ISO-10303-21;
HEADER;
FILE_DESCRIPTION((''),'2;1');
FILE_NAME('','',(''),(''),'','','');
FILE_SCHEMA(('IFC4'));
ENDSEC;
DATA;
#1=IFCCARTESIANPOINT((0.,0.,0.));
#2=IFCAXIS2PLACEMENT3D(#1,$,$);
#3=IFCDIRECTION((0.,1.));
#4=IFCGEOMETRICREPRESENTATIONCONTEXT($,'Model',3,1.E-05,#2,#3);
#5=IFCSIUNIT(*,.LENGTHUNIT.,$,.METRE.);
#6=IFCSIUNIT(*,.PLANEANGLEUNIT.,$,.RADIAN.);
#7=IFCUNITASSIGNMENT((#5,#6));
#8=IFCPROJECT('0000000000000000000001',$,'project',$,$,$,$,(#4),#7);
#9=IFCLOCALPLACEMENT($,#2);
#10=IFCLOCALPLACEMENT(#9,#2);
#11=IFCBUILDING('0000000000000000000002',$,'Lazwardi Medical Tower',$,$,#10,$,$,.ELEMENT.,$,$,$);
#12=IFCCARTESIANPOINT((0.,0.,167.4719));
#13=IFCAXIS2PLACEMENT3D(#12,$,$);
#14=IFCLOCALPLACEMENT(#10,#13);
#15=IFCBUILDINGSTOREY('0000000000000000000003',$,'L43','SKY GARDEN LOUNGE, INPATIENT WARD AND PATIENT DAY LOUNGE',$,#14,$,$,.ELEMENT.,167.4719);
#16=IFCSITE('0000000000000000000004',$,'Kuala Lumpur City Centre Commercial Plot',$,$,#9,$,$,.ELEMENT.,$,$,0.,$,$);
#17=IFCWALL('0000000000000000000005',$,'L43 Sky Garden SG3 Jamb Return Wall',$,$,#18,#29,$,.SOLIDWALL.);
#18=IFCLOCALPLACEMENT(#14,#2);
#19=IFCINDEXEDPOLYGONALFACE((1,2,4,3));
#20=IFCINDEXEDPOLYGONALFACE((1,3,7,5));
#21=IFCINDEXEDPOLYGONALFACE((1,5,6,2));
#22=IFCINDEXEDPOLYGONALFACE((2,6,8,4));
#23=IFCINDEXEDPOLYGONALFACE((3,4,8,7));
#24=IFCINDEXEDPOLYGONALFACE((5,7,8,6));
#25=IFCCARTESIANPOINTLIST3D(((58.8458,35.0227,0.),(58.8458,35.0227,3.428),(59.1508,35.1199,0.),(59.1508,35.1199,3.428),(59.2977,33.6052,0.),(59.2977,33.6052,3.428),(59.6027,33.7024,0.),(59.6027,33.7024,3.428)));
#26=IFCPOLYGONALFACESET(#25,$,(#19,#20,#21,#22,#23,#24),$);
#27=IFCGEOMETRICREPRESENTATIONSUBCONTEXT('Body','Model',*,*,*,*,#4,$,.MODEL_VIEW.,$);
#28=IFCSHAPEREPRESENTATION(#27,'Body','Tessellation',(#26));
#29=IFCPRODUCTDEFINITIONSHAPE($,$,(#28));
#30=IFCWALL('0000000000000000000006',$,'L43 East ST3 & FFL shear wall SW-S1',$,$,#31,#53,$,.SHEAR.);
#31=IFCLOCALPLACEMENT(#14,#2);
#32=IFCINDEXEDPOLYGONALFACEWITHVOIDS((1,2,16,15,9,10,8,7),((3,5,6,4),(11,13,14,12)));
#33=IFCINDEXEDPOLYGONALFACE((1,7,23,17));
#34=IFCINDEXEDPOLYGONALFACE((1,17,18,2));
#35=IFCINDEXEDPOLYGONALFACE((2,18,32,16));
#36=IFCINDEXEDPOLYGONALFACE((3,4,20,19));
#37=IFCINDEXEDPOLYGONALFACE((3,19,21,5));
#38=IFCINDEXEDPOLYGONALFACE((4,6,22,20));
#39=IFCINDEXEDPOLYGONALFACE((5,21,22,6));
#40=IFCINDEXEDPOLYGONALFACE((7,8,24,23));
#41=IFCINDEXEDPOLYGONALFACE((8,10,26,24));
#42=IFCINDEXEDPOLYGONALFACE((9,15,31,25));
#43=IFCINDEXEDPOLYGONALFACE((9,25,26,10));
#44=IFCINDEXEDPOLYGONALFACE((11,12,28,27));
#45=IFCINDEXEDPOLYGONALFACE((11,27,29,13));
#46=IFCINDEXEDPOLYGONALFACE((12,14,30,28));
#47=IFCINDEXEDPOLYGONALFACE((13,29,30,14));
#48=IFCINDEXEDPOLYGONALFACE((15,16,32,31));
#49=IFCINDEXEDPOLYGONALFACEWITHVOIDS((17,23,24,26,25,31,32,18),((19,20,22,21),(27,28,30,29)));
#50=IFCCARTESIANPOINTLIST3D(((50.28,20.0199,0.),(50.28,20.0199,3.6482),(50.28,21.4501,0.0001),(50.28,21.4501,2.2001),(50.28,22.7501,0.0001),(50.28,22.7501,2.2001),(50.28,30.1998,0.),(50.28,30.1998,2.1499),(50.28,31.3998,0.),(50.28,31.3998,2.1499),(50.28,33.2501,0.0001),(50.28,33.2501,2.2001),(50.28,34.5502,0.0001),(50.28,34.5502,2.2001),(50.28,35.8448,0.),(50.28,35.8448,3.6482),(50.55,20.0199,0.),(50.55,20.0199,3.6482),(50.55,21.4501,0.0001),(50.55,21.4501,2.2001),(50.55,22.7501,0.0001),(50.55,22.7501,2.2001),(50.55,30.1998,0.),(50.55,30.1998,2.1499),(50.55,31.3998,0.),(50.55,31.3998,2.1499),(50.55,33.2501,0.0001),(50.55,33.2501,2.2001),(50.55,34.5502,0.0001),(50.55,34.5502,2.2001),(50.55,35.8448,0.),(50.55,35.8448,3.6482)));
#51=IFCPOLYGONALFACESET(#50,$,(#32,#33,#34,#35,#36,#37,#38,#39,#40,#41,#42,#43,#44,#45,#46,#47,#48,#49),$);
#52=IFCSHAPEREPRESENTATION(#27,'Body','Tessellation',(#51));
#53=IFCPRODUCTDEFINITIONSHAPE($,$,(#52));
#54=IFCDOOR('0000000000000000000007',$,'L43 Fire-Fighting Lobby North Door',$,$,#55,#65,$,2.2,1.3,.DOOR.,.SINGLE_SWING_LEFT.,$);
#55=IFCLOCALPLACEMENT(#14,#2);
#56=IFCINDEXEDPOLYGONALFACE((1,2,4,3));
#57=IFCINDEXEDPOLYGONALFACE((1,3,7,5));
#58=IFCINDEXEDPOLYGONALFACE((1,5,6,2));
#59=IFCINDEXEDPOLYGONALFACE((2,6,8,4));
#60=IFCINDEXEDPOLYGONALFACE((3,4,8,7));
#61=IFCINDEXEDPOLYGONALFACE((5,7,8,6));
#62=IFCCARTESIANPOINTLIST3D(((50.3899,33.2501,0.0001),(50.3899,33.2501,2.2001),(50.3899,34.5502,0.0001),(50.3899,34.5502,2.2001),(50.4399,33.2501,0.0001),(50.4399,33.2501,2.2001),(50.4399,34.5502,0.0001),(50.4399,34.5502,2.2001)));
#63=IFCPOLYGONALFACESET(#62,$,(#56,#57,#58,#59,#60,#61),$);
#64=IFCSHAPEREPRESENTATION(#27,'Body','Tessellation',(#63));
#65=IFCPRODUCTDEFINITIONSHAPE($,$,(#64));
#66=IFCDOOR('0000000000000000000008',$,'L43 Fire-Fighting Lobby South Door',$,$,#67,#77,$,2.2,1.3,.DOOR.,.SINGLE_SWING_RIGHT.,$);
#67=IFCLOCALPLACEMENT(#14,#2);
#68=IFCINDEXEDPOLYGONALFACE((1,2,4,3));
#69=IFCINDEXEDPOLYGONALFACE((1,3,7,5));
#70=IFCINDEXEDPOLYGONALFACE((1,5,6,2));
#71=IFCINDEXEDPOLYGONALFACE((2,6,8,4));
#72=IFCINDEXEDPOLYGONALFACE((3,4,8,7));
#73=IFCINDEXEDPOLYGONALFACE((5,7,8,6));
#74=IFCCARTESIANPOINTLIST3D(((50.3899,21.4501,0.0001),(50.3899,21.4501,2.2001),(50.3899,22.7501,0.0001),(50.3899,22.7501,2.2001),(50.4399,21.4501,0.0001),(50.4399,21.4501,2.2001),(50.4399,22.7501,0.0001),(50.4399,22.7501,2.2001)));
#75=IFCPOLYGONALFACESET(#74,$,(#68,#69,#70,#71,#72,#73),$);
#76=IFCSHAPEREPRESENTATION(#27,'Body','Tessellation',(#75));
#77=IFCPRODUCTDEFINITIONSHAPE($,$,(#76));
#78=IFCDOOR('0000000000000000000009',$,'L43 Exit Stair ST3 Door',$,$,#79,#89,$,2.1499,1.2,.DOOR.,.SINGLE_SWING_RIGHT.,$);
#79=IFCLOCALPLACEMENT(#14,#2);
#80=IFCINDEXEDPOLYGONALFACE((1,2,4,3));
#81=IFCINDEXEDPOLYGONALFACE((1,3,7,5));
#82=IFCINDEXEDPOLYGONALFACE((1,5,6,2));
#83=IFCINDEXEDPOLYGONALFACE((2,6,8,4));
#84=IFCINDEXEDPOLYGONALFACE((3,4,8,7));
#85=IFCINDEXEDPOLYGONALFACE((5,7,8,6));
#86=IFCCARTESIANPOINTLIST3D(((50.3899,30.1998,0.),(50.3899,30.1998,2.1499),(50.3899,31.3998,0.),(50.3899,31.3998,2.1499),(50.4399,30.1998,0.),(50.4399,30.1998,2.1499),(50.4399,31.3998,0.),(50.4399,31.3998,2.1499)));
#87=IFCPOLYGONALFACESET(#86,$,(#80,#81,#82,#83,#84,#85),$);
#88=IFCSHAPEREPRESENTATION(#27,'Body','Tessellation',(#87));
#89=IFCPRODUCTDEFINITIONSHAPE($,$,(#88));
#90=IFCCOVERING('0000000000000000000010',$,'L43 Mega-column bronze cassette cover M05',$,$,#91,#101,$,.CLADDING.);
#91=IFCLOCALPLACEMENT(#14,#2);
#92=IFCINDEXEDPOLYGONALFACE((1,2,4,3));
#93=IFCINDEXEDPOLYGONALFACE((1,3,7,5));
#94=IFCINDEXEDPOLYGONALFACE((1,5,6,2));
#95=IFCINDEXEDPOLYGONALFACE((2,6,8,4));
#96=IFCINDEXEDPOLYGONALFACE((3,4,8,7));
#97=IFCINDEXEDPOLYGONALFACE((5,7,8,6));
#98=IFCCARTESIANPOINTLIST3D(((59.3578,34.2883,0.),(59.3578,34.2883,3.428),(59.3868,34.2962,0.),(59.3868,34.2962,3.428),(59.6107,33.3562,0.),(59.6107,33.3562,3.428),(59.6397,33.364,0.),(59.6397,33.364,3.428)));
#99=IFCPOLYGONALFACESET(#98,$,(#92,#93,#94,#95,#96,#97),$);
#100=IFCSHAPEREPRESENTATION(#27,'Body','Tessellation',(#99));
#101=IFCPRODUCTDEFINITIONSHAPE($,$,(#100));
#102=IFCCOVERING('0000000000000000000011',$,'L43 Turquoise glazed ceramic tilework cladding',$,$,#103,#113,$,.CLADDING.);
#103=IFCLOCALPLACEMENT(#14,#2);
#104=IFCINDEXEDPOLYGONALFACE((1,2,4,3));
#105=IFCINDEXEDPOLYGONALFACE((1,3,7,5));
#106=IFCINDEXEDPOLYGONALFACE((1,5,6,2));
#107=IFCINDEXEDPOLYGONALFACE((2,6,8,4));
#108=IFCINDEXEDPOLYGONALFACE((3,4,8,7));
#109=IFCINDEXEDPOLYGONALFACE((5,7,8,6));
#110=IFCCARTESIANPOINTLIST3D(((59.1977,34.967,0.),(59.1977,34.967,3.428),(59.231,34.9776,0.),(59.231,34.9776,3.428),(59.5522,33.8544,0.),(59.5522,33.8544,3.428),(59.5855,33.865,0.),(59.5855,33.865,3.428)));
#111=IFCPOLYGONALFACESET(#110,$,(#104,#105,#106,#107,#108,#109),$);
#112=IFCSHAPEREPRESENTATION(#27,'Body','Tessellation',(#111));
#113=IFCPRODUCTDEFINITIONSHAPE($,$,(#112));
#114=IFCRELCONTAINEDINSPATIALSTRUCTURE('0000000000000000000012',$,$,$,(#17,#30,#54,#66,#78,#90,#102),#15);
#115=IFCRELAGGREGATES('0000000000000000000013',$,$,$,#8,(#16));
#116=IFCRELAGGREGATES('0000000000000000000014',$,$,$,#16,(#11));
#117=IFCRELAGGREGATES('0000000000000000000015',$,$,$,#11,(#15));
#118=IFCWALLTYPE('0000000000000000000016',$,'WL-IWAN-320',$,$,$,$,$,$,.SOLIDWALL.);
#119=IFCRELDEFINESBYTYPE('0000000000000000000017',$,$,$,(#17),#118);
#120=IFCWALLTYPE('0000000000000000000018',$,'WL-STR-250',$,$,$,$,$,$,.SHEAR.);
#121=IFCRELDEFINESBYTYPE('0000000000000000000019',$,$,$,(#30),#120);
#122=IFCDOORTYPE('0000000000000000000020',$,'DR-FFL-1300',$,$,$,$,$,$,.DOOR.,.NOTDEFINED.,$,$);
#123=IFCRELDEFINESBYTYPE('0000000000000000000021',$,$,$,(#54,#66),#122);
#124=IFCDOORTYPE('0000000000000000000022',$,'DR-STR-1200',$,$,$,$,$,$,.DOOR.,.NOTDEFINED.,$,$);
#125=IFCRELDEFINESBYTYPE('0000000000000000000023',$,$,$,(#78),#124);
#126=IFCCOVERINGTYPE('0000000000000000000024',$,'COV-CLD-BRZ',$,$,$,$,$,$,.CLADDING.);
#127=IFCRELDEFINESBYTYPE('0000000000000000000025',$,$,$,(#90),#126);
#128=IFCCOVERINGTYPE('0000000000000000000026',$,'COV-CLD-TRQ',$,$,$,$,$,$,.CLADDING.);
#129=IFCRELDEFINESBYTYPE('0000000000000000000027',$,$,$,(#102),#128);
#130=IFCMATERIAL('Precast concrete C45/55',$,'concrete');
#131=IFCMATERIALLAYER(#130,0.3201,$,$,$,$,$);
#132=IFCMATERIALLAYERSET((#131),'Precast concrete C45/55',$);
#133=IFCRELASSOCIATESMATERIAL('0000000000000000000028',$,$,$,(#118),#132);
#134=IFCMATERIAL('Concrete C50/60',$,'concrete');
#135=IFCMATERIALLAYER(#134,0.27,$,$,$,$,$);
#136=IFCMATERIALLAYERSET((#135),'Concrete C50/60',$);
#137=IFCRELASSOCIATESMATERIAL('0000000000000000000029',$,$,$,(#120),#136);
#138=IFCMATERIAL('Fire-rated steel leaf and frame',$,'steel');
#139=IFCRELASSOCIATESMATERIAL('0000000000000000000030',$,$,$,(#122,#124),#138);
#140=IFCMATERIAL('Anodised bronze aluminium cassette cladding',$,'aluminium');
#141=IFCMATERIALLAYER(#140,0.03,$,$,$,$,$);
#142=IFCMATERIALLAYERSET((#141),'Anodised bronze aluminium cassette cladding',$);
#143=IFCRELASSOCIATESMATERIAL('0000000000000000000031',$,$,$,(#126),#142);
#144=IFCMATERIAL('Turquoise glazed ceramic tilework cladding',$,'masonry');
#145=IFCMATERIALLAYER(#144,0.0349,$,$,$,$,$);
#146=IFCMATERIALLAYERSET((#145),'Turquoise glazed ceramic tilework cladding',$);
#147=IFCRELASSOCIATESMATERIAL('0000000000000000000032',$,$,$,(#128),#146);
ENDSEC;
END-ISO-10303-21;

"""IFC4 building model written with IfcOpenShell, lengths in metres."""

from ifc_helpers import new_model, si_unit, direction, frame, frame_2d, origin, origin_2d, place, context, subcontext, project, spatial, rectangle, extrude, material, layer, layer_set, type_object, element, fill, save


model = new_model("IFC4")

# Units and contexts
model_context = context("Model", 3, precision=1e-05, world=origin(), true_north=direction((0.0, 1.0)))
body_context = subcontext(model_context, "Body", "Model", "MODEL_VIEW")
ifc_project = project(units=[si_unit("LENGTHUNIT", "METRE"), si_unit("PLANEANGLEUNIT", "RADIAN")], contexts=[model_context])

# Site, building, storey
site_placement = place(None, origin())
site = spatial("IfcSite", under=ifc_project, at=site_placement, Name="Kuala Lumpur City Centre Commercial Plot", CompositionType="ELEMENT", RefElevation=0.0)
building_placement = place(site_placement, origin())
building = spatial("IfcBuilding", under=site, at=building_placement, Name="Lazwardi Medical Tower", CompositionType="ELEMENT")
storey_placement = place(building_placement, frame((0.0, 0.0, 167.4719)))
storey = spatial("IfcBuildingStorey", under=building, at=storey_placement, Name="L43", Description="SKY GARDEN LOUNGE, INPATIENT WARD AND PATIENT DAY LOUNGE", CompositionType="ELEMENT", Elevation=167.4719)

# Wall
ifc_material_1 = material(Name="Precast concrete C45/55", Category="concrete")
ifc_layer_1 = layer(ifc_material_1, 0.3201)
ifc_layer_set_1 = layer_set([ifc_layer_1], Name="Precast concrete C45/55")
wall_type_1 = type_object("IfcWallType", Name="WL-IWAN-320", PredefinedType="SOLIDWALL", material=ifc_layer_set_1)
wall_1_placement = place(storey_placement, frame((59.4502, 33.6538, 0.0), z_axis=(0.0, 0.0, 1.0), x_axis=(-0.303745, 0.952753, 0.0)))
element("IfcWall", 1, at=wall_1_placement, inside=storey, type_object=wall_type_1, Name="L43 Sky Garden SG3 Jamb Return Wall", PredefinedType="SOLIDWALL", context=body_context, shape_type="SweptSolid", body=[
    extrude(rectangle(XDim=1.4878, YDim=0.3201, at=frame_2d((0.7439, 0.0))), origin(), (0.0, 0.0, 1.0), 3.428),
])

# Wall, openings, doors
ifc_material_2 = material(Name="Concrete C50/60", Category="concrete")
ifc_layer_2 = layer(ifc_material_2, 0.27)
ifc_layer_set_2 = layer_set([ifc_layer_2], Name="Concrete C50/60")
wall_type_2 = type_object("IfcWallType", Name="WL-STR-250", PredefinedType="SHEAR", material=ifc_layer_set_2)
wall_2_placement = place(storey_placement, frame((50.415, 35.845, 0.0), z_axis=(0.0, 0.0, 1.0), x_axis=(0.0, -1.0, 0.0)))
wall_2 = element("IfcWall", 2, at=wall_2_placement, inside=storey, type_object=wall_type_2, Name="L43 East ST3 & FFL shear wall SW-S1", PredefinedType="SHEAR", context=body_context, shape_type="SweptSolid", body=[
    extrude(rectangle(XDim=15.825, YDim=0.27, at=frame_2d((7.9126, 0.0))), origin(), (0.0, 0.0, 1.0), 3.6482),
])
opening_1_placement = place(wall_2_placement, frame((4.4451, 0.0, 0.0)))
opening_1 = element("IfcOpeningElement", 3, at=opening_1_placement, cuts=wall_2, PredefinedType="OPENING", context=body_context, shape_type="SweptSolid", body=[
    extrude(rectangle(XDim=1.2, YDim=2.1499, at=frame_2d((0.6001, 1.075))), frame((0.0, 0.145, 0.0), z_axis=(0.0, -1.0, 0.0), x_axis=(1.0, 0.0, 0.0)), (0.0, 0.0, 1.0), 0.29),
])
opening_2_placement = place(wall_2_placement, frame((1.2949, 0.0, 0.0)))
opening_2 = element("IfcOpeningElement", 4, at=opening_2_placement, cuts=wall_2, PredefinedType="OPENING", context=body_context, shape_type="SweptSolid", body=[
    extrude(rectangle(XDim=1.3, YDim=2.2, at=frame_2d((0.6499, 1.1001))), frame((0.0, 0.145, 0.0), z_axis=(0.0, -1.0, 0.0), x_axis=(1.0, 0.0, 0.0)), (0.0, 0.0, 1.0), 0.29),
])
opening_3_placement = place(wall_2_placement, frame((13.095, 0.0, 0.0)))
opening_3 = element("IfcOpeningElement", 5, at=opening_3_placement, cuts=wall_2, PredefinedType="OPENING", context=body_context, shape_type="SweptSolid", body=[
    extrude(rectangle(XDim=1.3, YDim=2.2, at=frame_2d((0.6499, 1.1001))), frame((0.0, 0.145, 0.0), z_axis=(0.0, -1.0, 0.0), x_axis=(1.0, 0.0, 0.0)), (0.0, 0.0, 1.0), 0.29),
])
ifc_material_3 = material(Name="Fire-rated steel leaf and frame", Category="steel")
door_type_1 = type_object("IfcDoorType", Name="DR-FFL-1300", OperationType="NOTDEFINED", PredefinedType="DOOR", material=ifc_material_3)
door_1_placement = place(opening_2_placement, origin())
door_1 = element("IfcDoor", 6, at=door_1_placement, inside=storey, type_object=door_type_1, Name="L43 Fire-Fighting Lobby North Door", OperationType="SINGLE_SWING_LEFT", OverallHeight=2.2, OverallWidth=1.3, PredefinedType="DOOR", context=body_context, shape_type="SweptSolid", body=[
    extrude(rectangle(XDim=1.3, YDim=2.2, at=frame_2d((0.6499, 1.1001))), frame((0.0, 0.0249, 0.0), z_axis=(0.0, -1.0, 0.0), x_axis=(1.0, 0.0, 0.0)), (0.0, 0.0, 1.0), 0.05),
])
fill(opening_2, door_1)
door_2_placement = place(opening_3_placement, origin())
door_2 = element("IfcDoor", 7, at=door_2_placement, inside=storey, type_object=door_type_1, Name="L43 Fire-Fighting Lobby South Door", OperationType="SINGLE_SWING_RIGHT", OverallHeight=2.2, OverallWidth=1.3, PredefinedType="DOOR", context=body_context, shape_type="SweptSolid", body=[
    extrude(rectangle(XDim=1.3, YDim=2.2, at=frame_2d((0.6499, 1.1001))), frame((0.0, 0.0249, 0.0), z_axis=(0.0, -1.0, 0.0), x_axis=(1.0, 0.0, 0.0)), (0.0, 0.0, 1.0), 0.05),
])
fill(opening_3, door_2)
door_type_2 = type_object("IfcDoorType", Name="DR-STR-1200", OperationType="NOTDEFINED", PredefinedType="DOOR", material=ifc_material_3)
door_3_placement = place(opening_1_placement, origin())
door_3 = element("IfcDoor", 8, at=door_3_placement, inside=storey, type_object=door_type_2, Name="L43 Exit Stair ST3 Door", OperationType="SINGLE_SWING_RIGHT", OverallHeight=2.1499, OverallWidth=1.2, PredefinedType="DOOR", context=body_context, shape_type="SweptSolid", body=[
    extrude(rectangle(XDim=1.2, YDim=2.1499, at=frame_2d((0.6001, 1.075))), frame((0.0, 0.0249, 0.0), z_axis=(0.0, -1.0, 0.0), x_axis=(1.0, 0.0, 0.0)), (0.0, 0.0, 1.0), 0.05),
])
fill(opening_1, door_3)

# Coverings
ifc_material_4 = material(Name="Anodised bronze aluminium cassette cladding", Category="aluminium")
ifc_layer_3 = layer(ifc_material_4, 0.03)
ifc_layer_set_3 = layer_set([ifc_layer_3], Name="Anodised bronze aluminium cassette cladding")
covering_type_1 = type_object("IfcCoveringType", Name="COV-CLD-BRZ", PredefinedType="CLADDING", material=ifc_layer_set_3)
covering_1_placement = place(storey_placement, frame((59.4988, 33.8262, 0.0), z_axis=(0.0, 0.0, 1.0), x_axis=(-0.261829, 0.965114, 0.0)))
element("IfcCovering", 9, at=covering_1_placement, inside=storey, type_object=covering_type_1, Name="L43 Mega-column bronze cassette cover M05", PredefinedType="CLADDING", context=body_context, shape_type="SweptSolid", body=[
    extrude(rectangle(XDim=0.9658, YDim=0.03, at=origin_2d()), origin(), (0.0, 0.0, 1.0), 3.428),
])
ifc_material_5 = material(Name="Turquoise glazed ceramic tilework cladding", Category="masonry")
ifc_layer_4 = layer(ifc_material_5, 0.0349)
ifc_layer_set_4 = layer_set([ifc_layer_4], Name="Turquoise glazed ceramic tilework cladding")
covering_type_2 = type_object("IfcCoveringType", Name="COV-CLD-TRQ", PredefinedType="CLADDING", material=ifc_layer_set_4)
covering_2_placement = place(storey_placement, frame((59.3916, 34.416, 0.0), z_axis=(0.0, 0.0, 1.0), x_axis=(-0.303561, 0.952812, 0.0)))
element("IfcCovering", 10, at=covering_2_placement, inside=storey, type_object=covering_type_2, Name="L43 Turquoise glazed ceramic tilework cladding", PredefinedType="CLADDING", context=body_context, shape_type="SweptSolid", body=[
    extrude(rectangle(XDim=1.1677, YDim=0.0349, at=origin_2d()), origin(), (0.0, 0.0, 1.0), 3.428),
])

save(model, "model.ifc")
